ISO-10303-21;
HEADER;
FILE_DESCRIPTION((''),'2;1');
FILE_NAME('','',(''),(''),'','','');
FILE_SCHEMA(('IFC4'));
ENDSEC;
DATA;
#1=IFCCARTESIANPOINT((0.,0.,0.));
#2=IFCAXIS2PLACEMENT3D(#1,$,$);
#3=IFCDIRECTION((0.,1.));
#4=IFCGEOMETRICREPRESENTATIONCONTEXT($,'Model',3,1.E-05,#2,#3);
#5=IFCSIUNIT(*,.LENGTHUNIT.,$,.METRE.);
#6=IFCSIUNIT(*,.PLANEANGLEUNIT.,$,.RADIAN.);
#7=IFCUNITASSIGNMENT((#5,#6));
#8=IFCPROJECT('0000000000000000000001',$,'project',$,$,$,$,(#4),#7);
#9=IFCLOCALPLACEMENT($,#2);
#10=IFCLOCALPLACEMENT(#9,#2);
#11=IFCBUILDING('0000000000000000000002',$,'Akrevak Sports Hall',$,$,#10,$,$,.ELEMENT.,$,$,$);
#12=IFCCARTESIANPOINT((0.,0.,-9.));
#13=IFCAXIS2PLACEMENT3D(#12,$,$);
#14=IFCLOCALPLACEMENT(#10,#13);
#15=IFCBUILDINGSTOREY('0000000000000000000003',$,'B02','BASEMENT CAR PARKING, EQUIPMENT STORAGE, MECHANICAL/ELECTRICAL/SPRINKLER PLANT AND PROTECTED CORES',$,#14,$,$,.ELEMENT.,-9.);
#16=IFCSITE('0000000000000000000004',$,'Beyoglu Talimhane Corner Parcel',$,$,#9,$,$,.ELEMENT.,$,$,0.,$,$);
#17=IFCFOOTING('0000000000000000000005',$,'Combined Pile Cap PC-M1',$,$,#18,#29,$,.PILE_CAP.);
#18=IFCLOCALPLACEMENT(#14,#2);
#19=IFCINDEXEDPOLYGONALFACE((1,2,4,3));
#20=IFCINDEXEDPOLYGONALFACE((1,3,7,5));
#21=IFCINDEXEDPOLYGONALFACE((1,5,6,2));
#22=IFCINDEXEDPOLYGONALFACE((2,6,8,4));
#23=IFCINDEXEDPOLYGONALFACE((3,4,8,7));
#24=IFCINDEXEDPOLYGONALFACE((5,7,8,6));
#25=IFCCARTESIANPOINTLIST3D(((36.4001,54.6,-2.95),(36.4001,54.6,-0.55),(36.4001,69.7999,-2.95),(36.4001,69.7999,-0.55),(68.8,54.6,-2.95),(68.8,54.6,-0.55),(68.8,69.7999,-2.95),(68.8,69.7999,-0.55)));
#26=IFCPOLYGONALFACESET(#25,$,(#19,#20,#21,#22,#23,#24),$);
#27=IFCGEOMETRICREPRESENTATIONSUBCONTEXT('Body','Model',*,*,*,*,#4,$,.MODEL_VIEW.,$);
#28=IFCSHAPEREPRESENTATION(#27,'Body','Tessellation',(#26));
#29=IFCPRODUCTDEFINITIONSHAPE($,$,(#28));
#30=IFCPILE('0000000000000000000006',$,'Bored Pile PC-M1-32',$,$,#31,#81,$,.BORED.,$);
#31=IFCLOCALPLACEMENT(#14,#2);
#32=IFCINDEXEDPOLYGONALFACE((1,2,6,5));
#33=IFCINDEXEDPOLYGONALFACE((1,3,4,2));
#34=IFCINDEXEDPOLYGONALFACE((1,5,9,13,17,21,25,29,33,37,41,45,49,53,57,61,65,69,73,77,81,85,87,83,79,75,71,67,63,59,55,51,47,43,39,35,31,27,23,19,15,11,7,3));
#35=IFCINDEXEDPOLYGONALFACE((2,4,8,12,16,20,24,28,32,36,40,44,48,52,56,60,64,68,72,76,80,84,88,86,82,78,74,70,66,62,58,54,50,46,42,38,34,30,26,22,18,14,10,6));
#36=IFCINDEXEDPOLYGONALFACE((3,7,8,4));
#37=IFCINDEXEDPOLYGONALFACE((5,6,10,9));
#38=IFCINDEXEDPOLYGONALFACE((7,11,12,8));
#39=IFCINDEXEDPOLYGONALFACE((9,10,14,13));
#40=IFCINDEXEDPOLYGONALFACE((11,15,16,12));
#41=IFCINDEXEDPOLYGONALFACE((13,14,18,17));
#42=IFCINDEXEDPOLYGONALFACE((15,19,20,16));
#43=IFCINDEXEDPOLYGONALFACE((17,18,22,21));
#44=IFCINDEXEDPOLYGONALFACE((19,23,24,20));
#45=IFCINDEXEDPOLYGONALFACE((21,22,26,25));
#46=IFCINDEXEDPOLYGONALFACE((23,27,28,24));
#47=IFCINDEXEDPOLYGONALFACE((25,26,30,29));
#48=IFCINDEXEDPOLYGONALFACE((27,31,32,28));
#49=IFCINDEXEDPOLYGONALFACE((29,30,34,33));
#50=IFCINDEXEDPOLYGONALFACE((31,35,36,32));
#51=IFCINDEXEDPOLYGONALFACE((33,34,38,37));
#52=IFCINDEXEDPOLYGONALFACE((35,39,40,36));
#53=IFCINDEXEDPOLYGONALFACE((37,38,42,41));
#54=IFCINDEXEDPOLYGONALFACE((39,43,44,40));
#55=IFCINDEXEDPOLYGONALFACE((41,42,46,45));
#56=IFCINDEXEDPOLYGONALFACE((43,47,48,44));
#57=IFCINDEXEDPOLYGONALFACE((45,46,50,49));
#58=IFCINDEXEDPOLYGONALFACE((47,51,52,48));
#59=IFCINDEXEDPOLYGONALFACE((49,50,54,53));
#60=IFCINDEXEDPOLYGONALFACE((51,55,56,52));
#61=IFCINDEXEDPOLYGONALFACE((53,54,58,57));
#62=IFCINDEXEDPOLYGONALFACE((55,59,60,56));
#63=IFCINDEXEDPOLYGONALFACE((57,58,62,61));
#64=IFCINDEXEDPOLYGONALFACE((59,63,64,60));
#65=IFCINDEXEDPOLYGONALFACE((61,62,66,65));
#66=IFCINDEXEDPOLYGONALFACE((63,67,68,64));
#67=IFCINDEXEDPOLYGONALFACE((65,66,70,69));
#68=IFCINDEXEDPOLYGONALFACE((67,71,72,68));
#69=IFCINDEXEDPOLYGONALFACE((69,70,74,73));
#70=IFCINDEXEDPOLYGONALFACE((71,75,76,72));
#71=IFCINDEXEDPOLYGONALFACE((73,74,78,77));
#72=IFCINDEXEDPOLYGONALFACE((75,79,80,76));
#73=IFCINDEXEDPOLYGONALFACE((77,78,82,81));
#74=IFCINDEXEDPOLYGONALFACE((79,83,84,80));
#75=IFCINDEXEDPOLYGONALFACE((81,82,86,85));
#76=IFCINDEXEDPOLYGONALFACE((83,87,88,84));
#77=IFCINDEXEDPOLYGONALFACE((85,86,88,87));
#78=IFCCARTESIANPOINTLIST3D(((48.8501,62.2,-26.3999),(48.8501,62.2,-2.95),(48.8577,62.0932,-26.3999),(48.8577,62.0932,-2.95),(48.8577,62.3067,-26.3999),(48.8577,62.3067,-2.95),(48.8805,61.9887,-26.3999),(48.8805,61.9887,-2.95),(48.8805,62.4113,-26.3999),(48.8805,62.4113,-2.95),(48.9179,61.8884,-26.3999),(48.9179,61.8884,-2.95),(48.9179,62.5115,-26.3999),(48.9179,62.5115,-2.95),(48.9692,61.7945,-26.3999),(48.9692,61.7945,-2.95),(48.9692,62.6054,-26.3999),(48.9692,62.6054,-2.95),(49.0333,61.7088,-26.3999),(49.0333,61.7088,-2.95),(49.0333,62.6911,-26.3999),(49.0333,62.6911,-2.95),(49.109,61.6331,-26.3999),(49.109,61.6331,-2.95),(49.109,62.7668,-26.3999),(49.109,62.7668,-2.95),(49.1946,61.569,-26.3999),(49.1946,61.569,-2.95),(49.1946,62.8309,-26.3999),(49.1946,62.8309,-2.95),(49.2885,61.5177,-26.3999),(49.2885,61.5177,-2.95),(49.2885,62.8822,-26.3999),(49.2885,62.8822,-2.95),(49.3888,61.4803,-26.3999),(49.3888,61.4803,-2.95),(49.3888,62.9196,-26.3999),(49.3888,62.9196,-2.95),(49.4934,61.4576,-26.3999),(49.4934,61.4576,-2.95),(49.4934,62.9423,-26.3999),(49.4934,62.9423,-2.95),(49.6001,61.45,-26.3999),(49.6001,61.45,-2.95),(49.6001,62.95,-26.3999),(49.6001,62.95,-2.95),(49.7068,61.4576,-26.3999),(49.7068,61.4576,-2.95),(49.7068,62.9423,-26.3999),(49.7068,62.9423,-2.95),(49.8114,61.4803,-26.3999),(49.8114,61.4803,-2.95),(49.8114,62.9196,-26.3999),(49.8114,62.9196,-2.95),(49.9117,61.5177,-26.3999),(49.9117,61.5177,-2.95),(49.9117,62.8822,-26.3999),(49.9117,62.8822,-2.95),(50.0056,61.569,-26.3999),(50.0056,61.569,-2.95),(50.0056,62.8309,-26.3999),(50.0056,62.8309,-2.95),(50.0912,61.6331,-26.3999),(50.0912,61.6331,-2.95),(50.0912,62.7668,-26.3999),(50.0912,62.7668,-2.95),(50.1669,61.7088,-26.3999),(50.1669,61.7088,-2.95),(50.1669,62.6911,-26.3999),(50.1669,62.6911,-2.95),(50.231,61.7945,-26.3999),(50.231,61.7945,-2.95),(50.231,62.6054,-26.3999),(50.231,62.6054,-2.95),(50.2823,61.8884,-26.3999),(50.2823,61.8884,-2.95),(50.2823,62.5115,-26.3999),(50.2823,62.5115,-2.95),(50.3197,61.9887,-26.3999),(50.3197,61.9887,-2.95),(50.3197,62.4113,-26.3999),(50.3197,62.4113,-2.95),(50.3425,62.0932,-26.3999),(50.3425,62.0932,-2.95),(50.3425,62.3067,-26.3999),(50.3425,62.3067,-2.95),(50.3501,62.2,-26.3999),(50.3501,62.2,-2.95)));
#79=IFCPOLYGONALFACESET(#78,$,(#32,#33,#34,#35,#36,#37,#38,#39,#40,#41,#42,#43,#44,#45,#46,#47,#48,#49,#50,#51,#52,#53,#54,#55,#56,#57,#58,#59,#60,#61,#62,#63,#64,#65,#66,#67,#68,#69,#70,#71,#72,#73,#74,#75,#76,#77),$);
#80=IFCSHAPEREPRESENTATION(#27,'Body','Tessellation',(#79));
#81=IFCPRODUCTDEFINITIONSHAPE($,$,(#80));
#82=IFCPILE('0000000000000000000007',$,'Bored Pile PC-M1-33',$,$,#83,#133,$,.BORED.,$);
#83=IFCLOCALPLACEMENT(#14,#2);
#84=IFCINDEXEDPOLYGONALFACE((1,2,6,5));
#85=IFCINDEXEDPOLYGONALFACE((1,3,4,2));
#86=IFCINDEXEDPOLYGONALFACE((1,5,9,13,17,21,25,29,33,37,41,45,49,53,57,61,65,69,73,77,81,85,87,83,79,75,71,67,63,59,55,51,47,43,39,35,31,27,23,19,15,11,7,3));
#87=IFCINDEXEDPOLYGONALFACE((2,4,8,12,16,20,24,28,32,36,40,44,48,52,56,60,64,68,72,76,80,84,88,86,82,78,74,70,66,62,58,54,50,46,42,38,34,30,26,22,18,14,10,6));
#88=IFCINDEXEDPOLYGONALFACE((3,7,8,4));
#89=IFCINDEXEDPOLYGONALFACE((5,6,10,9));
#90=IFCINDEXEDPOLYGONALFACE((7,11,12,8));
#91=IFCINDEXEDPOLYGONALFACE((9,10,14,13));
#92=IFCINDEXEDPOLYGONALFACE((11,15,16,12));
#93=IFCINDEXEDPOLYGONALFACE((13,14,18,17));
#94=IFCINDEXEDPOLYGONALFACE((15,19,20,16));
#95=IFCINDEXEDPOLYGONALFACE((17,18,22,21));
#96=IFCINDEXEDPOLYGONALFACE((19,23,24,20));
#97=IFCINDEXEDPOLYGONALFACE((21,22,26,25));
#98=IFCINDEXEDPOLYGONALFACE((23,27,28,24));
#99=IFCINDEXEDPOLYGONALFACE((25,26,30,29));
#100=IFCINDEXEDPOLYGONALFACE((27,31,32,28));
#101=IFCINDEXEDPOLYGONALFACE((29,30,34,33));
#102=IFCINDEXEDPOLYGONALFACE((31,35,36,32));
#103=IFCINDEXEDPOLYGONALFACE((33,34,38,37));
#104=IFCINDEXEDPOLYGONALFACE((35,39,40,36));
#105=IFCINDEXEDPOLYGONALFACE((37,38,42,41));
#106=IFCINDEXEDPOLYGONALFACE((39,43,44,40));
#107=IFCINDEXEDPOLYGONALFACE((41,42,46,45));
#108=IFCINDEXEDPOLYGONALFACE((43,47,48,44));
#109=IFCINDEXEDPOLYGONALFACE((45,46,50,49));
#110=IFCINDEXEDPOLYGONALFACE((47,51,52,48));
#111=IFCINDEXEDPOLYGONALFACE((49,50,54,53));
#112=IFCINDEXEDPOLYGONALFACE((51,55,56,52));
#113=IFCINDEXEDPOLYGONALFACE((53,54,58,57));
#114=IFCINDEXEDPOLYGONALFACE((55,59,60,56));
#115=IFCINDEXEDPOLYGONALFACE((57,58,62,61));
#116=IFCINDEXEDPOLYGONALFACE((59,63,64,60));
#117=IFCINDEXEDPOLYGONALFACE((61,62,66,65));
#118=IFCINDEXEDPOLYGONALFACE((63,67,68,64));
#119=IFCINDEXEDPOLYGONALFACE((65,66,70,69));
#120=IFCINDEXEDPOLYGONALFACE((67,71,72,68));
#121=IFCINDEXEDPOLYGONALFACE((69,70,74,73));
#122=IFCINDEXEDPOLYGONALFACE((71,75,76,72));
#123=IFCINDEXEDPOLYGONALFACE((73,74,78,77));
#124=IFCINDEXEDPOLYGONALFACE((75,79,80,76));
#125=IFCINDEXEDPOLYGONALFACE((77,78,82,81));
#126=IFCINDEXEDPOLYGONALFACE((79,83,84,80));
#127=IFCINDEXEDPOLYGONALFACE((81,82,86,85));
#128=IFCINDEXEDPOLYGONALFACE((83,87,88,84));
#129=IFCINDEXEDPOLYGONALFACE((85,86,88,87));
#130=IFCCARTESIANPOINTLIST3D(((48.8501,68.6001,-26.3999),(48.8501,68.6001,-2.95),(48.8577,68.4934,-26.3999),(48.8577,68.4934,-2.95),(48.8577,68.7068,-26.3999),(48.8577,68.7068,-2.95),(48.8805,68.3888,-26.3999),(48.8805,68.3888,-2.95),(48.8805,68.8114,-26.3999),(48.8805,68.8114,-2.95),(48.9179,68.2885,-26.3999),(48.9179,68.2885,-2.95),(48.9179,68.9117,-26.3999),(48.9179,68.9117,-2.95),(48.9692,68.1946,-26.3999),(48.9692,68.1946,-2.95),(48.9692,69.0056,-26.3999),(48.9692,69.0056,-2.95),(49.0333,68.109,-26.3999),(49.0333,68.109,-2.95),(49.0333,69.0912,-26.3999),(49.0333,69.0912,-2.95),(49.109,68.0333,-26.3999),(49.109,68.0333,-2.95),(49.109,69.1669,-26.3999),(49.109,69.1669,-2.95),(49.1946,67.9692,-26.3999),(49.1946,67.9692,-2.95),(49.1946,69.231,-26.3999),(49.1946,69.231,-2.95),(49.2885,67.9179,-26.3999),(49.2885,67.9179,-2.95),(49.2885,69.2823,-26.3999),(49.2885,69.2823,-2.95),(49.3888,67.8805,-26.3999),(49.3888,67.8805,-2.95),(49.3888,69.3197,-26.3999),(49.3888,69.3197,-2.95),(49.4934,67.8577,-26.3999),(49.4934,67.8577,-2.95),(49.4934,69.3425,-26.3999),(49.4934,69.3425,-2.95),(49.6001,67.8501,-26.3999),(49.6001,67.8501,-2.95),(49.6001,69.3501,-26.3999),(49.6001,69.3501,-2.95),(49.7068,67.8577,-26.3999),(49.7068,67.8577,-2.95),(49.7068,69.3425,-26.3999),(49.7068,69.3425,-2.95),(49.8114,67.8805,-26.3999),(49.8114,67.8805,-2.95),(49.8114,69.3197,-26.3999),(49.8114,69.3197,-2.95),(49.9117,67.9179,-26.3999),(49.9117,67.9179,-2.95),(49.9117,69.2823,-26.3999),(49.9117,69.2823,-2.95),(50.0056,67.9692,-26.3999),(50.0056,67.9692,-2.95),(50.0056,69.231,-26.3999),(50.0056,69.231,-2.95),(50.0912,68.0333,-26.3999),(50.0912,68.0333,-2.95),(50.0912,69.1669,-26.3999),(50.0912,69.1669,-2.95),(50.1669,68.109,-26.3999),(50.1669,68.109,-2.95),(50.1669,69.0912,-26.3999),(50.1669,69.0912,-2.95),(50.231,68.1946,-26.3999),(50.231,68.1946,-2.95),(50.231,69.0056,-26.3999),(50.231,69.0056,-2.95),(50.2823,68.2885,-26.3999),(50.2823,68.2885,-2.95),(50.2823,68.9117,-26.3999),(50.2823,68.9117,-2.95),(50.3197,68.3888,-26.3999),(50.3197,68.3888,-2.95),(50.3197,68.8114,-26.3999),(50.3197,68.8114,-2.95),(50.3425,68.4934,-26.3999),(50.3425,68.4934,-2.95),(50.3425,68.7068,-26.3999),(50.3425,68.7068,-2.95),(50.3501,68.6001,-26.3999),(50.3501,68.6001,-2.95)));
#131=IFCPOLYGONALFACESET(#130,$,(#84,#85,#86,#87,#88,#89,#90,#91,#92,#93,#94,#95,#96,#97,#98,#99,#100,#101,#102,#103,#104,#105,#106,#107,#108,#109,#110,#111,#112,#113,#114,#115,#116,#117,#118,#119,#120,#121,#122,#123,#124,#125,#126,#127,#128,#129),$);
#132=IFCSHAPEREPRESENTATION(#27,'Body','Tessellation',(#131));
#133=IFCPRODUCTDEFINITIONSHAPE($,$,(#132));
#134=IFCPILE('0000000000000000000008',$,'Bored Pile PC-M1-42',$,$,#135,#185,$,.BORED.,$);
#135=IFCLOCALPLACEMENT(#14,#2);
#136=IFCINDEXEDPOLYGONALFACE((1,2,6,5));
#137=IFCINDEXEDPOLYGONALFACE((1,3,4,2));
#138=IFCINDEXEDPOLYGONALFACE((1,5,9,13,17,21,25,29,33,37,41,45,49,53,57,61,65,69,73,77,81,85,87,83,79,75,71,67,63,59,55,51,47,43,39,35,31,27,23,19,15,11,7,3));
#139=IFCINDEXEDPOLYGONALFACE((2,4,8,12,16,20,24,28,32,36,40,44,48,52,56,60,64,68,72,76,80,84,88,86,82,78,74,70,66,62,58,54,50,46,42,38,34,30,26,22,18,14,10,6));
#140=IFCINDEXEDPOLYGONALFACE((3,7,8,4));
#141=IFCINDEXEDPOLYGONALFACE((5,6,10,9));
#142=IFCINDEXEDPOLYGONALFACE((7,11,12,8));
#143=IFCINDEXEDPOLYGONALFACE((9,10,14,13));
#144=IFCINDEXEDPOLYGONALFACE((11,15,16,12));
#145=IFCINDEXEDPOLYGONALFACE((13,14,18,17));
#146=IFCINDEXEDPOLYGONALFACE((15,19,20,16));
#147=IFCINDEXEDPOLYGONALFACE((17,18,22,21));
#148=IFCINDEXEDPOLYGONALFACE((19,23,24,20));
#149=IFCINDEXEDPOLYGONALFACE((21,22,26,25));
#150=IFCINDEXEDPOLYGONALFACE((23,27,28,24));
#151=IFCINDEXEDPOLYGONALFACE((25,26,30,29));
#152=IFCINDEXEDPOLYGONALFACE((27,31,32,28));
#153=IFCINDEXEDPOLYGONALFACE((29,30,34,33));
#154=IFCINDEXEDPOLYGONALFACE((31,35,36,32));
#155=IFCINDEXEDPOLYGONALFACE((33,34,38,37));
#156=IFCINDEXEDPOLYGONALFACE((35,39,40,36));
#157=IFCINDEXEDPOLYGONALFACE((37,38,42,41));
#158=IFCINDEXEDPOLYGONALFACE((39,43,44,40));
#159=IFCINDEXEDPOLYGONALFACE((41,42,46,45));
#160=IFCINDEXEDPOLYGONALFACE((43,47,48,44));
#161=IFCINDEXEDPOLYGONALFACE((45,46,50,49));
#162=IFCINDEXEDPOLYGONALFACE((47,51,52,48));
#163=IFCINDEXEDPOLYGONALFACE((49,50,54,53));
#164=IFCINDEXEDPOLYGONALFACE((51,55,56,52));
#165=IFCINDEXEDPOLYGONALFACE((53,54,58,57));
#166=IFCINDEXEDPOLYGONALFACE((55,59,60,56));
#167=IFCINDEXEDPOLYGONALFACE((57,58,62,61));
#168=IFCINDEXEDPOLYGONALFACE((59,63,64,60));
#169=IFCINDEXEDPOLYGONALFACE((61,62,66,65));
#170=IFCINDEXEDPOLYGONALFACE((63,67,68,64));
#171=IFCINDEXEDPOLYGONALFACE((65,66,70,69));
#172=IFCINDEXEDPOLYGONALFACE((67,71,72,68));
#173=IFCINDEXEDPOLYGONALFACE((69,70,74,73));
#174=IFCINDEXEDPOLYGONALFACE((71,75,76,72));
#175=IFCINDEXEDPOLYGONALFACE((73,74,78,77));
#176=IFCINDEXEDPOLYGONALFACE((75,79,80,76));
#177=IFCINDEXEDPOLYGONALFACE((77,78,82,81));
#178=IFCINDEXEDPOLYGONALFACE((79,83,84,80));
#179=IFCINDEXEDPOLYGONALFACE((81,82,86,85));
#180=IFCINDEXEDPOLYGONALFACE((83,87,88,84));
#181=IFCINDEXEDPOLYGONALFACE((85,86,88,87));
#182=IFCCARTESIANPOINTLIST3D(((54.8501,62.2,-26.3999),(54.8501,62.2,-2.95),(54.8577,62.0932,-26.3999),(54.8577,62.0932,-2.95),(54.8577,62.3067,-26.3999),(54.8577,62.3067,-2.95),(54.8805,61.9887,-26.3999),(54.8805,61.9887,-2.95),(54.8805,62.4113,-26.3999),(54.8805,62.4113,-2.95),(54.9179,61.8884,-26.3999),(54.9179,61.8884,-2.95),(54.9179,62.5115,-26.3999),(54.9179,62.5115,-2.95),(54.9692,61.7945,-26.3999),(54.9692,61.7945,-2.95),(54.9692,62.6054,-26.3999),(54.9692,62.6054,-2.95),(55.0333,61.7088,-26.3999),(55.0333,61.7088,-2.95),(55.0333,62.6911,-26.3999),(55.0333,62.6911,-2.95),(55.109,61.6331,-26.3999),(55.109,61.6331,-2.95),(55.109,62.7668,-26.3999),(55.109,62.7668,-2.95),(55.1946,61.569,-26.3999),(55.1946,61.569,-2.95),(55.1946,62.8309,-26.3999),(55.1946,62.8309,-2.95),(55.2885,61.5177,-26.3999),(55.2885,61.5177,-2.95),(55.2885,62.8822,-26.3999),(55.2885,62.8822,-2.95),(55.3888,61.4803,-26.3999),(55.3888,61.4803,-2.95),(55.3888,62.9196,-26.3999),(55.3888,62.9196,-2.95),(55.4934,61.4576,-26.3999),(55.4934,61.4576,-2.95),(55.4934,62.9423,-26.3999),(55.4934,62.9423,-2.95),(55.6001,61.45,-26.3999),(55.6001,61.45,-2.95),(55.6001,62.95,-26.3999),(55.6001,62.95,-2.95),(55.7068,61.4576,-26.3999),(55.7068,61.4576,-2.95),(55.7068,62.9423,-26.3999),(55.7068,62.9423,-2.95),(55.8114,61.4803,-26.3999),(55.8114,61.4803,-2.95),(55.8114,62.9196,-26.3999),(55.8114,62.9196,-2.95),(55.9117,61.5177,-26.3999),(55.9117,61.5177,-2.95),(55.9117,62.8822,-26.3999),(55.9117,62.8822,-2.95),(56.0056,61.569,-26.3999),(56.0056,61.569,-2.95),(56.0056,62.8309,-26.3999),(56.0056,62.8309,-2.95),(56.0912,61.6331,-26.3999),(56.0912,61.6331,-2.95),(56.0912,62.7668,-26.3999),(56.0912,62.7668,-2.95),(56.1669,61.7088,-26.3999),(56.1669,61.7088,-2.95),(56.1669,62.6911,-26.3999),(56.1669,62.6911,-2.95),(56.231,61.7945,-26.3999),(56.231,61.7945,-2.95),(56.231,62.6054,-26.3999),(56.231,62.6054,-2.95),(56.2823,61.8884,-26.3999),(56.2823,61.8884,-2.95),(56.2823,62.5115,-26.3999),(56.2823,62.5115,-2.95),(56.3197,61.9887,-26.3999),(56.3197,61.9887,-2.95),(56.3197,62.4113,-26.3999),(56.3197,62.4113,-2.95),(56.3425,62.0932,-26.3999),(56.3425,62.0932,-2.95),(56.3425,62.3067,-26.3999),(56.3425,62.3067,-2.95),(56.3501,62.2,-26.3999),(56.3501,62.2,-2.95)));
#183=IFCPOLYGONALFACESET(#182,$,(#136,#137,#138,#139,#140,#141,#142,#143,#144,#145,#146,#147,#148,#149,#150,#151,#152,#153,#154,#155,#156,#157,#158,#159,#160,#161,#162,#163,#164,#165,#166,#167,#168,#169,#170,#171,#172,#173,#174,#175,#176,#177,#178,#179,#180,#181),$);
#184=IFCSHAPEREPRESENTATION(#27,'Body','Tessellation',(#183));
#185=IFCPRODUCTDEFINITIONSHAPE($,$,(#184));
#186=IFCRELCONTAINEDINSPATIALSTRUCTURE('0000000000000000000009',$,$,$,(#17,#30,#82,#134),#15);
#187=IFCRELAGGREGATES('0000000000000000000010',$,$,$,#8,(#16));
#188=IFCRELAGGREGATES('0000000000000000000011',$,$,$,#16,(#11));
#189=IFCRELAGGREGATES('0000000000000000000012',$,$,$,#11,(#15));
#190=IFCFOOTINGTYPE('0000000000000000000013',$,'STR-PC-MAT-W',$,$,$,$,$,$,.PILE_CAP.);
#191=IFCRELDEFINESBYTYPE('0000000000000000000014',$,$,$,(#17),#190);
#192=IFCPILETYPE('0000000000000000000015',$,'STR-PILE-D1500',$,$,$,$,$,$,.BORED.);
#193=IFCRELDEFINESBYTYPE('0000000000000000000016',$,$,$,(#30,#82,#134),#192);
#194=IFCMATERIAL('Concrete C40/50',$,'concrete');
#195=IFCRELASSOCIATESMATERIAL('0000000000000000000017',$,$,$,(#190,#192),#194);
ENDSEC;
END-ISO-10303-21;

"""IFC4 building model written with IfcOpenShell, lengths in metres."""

from ifc_helpers import new_model, si_unit, direction, frame, origin, origin_2d, place, context, subcontext, project, spatial, rectangle, circle, extrude, material, material_profile, profile_set, type_object, element, save


model = new_model("IFC4")

# Units and contexts
model_context = context("Model", 3, precision=1e-05, world=origin(), true_north=direction((0.0, 1.0)))
body_context = subcontext(model_context, "Body", "Model", "MODEL_VIEW")
ifc_project = project(units=[si_unit("LENGTHUNIT", "METRE"), si_unit("PLANEANGLEUNIT", "RADIAN")], contexts=[model_context])

# Site, building, storey
site_placement = place(None, origin())
site = spatial("IfcSite", under=ifc_project, at=site_placement, Name="Beyoglu Talimhane Corner Parcel", CompositionType="ELEMENT", RefElevation=0.0)
building_placement = place(site_placement, origin())
building = spatial("IfcBuilding", under=site, at=building_placement, Name="Akrevak Sports Hall", CompositionType="ELEMENT")
storey_placement = place(building_placement, frame((0.0, 0.0, -9.0)))
storey = spatial("IfcBuildingStorey", under=building, at=storey_placement, Name="B02", Description="BASEMENT CAR PARKING, EQUIPMENT STORAGE, MECHANICAL/ELECTRICAL/SPRINKLER PLANT AND PROTECTED CORES", CompositionType="ELEMENT", Elevation=-9.0)

# Footing
ifc_material_1 = material(Name="Concrete C40/50", Category="concrete")
footing_type = type_object("IfcFootingType", Name="STR-PC-MAT-W", PredefinedType="PILE_CAP", material=ifc_material_1)
footing_placement = place(storey_placement, frame((52.6001, 62.2, -2.95), z_axis=(0.0, 0.0, 1.0), x_axis=(1.0, 0.0, 0.0)))
element("IfcFooting", 1, at=footing_placement, inside=storey, type_object=footing_type, Name="Combined Pile Cap PC-M1", PredefinedType="PILE_CAP", context=body_context, shape_type="SweptSolid", body=[
    extrude(rectangle(XDim=32.3999, YDim=15.2, at=origin_2d()), origin(), (0.0, 0.0, 1.0), 2.3999),
])

# Piles
ifc_material_profile_1 = material_profile(ifc_material_1, circle(Radius=0.75, at=origin_2d()), Name="BORED PILE D1500", Category="concrete")
ifc_profile_set_1 = profile_set([ifc_material_profile_1], Name="Concrete C40/50")
pile_type = type_object("IfcPileType", Name="STR-PILE-D1500", PredefinedType="BORED", material=ifc_profile_set_1)
for number, where, z_axis, x_axis, name in (
    (2, (49.6001, 62.2, -2.95), (0.0, 0.0, -1.0), (1.0, 0.0, 0.0), "Bored Pile PC-M1-32"),
    (3, (49.6001, 68.6001, -2.95), (0.0, 0.0, -1.0), (1.0, 0.0, 0.0), "Bored Pile PC-M1-33"),
    (4, (55.6001, 62.2, -2.95), (0.0, 0.0, -1.0), (1.0, 0.0, 0.0), "Bored Pile PC-M1-42"),
):
    element("IfcPile", number, at=place(storey_placement, frame(where, z_axis=z_axis, x_axis=x_axis)), inside=storey, type_object=pile_type, Name=name, PredefinedType="BORED", context=body_context, shape_type="SweptSolid", body=[
        extrude(circle(Radius=0.75, at=origin_2d()), origin(), (0.0, 0.0, 1.0), 23.45),
    ])

save(model, "model.ifc")
